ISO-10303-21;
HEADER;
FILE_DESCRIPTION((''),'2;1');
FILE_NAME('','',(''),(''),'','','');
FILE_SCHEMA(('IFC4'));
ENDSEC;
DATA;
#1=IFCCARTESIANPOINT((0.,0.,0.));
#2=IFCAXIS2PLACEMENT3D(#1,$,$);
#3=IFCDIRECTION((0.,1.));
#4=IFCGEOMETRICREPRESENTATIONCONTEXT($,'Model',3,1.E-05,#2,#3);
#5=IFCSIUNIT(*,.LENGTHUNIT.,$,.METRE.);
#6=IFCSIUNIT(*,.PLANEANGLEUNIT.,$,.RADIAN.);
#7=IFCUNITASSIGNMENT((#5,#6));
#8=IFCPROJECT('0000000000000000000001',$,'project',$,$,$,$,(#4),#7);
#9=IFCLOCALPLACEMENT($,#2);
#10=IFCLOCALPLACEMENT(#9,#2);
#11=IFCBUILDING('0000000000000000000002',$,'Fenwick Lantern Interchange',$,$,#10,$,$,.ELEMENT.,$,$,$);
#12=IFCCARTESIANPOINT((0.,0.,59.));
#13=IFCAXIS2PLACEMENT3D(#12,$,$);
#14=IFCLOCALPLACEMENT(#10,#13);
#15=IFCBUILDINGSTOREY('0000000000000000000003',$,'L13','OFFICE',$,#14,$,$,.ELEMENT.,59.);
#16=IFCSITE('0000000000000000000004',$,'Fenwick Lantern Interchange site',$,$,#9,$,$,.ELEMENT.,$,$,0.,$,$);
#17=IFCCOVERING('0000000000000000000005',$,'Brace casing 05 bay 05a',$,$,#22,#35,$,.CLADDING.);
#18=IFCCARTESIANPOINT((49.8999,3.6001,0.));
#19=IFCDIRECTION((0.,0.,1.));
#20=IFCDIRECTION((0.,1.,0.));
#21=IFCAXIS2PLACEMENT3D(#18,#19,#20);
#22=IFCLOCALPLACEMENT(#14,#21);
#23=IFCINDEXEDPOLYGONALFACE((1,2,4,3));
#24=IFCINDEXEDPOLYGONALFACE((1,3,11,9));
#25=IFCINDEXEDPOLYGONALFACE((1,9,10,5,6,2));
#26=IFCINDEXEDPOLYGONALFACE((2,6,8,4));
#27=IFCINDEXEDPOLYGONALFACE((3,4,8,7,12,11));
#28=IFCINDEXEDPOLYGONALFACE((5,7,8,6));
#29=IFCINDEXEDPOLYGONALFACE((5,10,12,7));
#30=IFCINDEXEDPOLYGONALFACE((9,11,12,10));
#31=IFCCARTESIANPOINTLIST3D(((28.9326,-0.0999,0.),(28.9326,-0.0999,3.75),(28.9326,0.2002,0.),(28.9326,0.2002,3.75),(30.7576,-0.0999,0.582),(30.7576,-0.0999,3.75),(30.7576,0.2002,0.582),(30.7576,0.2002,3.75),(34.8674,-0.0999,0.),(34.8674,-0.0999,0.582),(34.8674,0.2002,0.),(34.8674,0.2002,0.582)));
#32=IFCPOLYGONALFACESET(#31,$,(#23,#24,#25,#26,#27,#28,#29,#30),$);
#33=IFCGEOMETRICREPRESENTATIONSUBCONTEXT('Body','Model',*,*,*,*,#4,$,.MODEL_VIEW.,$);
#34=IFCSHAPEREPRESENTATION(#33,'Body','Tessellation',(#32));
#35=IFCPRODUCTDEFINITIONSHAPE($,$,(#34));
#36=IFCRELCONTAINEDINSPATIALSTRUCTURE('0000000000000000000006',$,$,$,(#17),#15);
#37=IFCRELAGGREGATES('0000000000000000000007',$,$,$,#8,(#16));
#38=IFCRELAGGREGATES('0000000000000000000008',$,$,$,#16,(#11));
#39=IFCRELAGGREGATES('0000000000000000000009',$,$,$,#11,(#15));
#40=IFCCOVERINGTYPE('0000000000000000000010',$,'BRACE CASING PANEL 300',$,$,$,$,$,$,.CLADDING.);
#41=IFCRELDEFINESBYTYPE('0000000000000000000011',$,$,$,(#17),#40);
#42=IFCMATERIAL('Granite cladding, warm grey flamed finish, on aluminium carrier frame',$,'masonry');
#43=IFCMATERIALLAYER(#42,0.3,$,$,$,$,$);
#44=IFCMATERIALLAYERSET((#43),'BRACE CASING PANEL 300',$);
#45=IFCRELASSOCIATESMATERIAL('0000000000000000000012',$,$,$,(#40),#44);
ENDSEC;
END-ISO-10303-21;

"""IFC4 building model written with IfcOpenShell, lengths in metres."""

from ifc_helpers import new_model, si_unit, direction, frame, origin, place, context, subcontext, project, spatial, polyline, outline, extrude, material, layer, layer_set, type_object, element, save


model = new_model("IFC4")

# Units and contexts
model_context = context("Model", 3, precision=1e-05, world=origin(), true_north=direction((0.0, 1.0)))
body_context = subcontext(model_context, "Body", "Model", "MODEL_VIEW")
ifc_project = project(units=[si_unit("LENGTHUNIT", "METRE"), si_unit("PLANEANGLEUNIT", "RADIAN")], contexts=[model_context])

# Site, building, storey
site_placement = place(None, origin())
site = spatial("IfcSite", under=ifc_project, at=site_placement, Name="Fenwick Lantern Interchange site", CompositionType="ELEMENT", RefElevation=0.0)
building_placement = place(site_placement, origin())
building = spatial("IfcBuilding", under=site, at=building_placement, Name="Fenwick Lantern Interchange", CompositionType="ELEMENT")
storey_placement = place(building_placement, frame((0.0, 0.0, 59.0)))
storey = spatial("IfcBuildingStorey", under=building, at=storey_placement, Name="L13", Description="OFFICE", CompositionType="ELEMENT", Elevation=59.0)

# Covering
ifc_material_1 = material(Name="Granite cladding, warm grey flamed finish, on aluminium carrier frame", Category="masonry")
ifc_layer_1 = layer(ifc_material_1, 0.3)
ifc_layer_set_1 = layer_set([ifc_layer_1], Name="BRACE CASING PANEL 300")
covering_type = type_object("IfcCoveringType", Name="BRACE CASING PANEL 300", PredefinedType="CLADDING", material=ifc_layer_set_1)
covering_1_placement = place(storey_placement, frame((49.8999, 3.6001, 0.0), z_axis=(0.0, 0.0, 1.0), x_axis=(0.0, 1.0, 0.0)))
element("IfcCovering", 1, at=covering_1_placement, inside=storey, type_object=covering_type, Name="Brace casing 05 bay 05a", PredefinedType="CLADDING", context=body_context, shape_type="SweptSolid", body=[
    extrude(outline(polyline([(28.9326, 0.0), (34.8674, 0.0), (34.8674, 0.582), (30.7576, 0.582), (30.7576, 3.75), (28.9326, 3.75), (28.9326, 0.0)])), frame((0.0, 0.2002, 0.0), z_axis=(0.0, -1.0, 0.0), x_axis=(1.0, 0.0, 0.0)), (0.0, 0.0, 1.0), 0.3),
])

save(model, "model.ifc")
